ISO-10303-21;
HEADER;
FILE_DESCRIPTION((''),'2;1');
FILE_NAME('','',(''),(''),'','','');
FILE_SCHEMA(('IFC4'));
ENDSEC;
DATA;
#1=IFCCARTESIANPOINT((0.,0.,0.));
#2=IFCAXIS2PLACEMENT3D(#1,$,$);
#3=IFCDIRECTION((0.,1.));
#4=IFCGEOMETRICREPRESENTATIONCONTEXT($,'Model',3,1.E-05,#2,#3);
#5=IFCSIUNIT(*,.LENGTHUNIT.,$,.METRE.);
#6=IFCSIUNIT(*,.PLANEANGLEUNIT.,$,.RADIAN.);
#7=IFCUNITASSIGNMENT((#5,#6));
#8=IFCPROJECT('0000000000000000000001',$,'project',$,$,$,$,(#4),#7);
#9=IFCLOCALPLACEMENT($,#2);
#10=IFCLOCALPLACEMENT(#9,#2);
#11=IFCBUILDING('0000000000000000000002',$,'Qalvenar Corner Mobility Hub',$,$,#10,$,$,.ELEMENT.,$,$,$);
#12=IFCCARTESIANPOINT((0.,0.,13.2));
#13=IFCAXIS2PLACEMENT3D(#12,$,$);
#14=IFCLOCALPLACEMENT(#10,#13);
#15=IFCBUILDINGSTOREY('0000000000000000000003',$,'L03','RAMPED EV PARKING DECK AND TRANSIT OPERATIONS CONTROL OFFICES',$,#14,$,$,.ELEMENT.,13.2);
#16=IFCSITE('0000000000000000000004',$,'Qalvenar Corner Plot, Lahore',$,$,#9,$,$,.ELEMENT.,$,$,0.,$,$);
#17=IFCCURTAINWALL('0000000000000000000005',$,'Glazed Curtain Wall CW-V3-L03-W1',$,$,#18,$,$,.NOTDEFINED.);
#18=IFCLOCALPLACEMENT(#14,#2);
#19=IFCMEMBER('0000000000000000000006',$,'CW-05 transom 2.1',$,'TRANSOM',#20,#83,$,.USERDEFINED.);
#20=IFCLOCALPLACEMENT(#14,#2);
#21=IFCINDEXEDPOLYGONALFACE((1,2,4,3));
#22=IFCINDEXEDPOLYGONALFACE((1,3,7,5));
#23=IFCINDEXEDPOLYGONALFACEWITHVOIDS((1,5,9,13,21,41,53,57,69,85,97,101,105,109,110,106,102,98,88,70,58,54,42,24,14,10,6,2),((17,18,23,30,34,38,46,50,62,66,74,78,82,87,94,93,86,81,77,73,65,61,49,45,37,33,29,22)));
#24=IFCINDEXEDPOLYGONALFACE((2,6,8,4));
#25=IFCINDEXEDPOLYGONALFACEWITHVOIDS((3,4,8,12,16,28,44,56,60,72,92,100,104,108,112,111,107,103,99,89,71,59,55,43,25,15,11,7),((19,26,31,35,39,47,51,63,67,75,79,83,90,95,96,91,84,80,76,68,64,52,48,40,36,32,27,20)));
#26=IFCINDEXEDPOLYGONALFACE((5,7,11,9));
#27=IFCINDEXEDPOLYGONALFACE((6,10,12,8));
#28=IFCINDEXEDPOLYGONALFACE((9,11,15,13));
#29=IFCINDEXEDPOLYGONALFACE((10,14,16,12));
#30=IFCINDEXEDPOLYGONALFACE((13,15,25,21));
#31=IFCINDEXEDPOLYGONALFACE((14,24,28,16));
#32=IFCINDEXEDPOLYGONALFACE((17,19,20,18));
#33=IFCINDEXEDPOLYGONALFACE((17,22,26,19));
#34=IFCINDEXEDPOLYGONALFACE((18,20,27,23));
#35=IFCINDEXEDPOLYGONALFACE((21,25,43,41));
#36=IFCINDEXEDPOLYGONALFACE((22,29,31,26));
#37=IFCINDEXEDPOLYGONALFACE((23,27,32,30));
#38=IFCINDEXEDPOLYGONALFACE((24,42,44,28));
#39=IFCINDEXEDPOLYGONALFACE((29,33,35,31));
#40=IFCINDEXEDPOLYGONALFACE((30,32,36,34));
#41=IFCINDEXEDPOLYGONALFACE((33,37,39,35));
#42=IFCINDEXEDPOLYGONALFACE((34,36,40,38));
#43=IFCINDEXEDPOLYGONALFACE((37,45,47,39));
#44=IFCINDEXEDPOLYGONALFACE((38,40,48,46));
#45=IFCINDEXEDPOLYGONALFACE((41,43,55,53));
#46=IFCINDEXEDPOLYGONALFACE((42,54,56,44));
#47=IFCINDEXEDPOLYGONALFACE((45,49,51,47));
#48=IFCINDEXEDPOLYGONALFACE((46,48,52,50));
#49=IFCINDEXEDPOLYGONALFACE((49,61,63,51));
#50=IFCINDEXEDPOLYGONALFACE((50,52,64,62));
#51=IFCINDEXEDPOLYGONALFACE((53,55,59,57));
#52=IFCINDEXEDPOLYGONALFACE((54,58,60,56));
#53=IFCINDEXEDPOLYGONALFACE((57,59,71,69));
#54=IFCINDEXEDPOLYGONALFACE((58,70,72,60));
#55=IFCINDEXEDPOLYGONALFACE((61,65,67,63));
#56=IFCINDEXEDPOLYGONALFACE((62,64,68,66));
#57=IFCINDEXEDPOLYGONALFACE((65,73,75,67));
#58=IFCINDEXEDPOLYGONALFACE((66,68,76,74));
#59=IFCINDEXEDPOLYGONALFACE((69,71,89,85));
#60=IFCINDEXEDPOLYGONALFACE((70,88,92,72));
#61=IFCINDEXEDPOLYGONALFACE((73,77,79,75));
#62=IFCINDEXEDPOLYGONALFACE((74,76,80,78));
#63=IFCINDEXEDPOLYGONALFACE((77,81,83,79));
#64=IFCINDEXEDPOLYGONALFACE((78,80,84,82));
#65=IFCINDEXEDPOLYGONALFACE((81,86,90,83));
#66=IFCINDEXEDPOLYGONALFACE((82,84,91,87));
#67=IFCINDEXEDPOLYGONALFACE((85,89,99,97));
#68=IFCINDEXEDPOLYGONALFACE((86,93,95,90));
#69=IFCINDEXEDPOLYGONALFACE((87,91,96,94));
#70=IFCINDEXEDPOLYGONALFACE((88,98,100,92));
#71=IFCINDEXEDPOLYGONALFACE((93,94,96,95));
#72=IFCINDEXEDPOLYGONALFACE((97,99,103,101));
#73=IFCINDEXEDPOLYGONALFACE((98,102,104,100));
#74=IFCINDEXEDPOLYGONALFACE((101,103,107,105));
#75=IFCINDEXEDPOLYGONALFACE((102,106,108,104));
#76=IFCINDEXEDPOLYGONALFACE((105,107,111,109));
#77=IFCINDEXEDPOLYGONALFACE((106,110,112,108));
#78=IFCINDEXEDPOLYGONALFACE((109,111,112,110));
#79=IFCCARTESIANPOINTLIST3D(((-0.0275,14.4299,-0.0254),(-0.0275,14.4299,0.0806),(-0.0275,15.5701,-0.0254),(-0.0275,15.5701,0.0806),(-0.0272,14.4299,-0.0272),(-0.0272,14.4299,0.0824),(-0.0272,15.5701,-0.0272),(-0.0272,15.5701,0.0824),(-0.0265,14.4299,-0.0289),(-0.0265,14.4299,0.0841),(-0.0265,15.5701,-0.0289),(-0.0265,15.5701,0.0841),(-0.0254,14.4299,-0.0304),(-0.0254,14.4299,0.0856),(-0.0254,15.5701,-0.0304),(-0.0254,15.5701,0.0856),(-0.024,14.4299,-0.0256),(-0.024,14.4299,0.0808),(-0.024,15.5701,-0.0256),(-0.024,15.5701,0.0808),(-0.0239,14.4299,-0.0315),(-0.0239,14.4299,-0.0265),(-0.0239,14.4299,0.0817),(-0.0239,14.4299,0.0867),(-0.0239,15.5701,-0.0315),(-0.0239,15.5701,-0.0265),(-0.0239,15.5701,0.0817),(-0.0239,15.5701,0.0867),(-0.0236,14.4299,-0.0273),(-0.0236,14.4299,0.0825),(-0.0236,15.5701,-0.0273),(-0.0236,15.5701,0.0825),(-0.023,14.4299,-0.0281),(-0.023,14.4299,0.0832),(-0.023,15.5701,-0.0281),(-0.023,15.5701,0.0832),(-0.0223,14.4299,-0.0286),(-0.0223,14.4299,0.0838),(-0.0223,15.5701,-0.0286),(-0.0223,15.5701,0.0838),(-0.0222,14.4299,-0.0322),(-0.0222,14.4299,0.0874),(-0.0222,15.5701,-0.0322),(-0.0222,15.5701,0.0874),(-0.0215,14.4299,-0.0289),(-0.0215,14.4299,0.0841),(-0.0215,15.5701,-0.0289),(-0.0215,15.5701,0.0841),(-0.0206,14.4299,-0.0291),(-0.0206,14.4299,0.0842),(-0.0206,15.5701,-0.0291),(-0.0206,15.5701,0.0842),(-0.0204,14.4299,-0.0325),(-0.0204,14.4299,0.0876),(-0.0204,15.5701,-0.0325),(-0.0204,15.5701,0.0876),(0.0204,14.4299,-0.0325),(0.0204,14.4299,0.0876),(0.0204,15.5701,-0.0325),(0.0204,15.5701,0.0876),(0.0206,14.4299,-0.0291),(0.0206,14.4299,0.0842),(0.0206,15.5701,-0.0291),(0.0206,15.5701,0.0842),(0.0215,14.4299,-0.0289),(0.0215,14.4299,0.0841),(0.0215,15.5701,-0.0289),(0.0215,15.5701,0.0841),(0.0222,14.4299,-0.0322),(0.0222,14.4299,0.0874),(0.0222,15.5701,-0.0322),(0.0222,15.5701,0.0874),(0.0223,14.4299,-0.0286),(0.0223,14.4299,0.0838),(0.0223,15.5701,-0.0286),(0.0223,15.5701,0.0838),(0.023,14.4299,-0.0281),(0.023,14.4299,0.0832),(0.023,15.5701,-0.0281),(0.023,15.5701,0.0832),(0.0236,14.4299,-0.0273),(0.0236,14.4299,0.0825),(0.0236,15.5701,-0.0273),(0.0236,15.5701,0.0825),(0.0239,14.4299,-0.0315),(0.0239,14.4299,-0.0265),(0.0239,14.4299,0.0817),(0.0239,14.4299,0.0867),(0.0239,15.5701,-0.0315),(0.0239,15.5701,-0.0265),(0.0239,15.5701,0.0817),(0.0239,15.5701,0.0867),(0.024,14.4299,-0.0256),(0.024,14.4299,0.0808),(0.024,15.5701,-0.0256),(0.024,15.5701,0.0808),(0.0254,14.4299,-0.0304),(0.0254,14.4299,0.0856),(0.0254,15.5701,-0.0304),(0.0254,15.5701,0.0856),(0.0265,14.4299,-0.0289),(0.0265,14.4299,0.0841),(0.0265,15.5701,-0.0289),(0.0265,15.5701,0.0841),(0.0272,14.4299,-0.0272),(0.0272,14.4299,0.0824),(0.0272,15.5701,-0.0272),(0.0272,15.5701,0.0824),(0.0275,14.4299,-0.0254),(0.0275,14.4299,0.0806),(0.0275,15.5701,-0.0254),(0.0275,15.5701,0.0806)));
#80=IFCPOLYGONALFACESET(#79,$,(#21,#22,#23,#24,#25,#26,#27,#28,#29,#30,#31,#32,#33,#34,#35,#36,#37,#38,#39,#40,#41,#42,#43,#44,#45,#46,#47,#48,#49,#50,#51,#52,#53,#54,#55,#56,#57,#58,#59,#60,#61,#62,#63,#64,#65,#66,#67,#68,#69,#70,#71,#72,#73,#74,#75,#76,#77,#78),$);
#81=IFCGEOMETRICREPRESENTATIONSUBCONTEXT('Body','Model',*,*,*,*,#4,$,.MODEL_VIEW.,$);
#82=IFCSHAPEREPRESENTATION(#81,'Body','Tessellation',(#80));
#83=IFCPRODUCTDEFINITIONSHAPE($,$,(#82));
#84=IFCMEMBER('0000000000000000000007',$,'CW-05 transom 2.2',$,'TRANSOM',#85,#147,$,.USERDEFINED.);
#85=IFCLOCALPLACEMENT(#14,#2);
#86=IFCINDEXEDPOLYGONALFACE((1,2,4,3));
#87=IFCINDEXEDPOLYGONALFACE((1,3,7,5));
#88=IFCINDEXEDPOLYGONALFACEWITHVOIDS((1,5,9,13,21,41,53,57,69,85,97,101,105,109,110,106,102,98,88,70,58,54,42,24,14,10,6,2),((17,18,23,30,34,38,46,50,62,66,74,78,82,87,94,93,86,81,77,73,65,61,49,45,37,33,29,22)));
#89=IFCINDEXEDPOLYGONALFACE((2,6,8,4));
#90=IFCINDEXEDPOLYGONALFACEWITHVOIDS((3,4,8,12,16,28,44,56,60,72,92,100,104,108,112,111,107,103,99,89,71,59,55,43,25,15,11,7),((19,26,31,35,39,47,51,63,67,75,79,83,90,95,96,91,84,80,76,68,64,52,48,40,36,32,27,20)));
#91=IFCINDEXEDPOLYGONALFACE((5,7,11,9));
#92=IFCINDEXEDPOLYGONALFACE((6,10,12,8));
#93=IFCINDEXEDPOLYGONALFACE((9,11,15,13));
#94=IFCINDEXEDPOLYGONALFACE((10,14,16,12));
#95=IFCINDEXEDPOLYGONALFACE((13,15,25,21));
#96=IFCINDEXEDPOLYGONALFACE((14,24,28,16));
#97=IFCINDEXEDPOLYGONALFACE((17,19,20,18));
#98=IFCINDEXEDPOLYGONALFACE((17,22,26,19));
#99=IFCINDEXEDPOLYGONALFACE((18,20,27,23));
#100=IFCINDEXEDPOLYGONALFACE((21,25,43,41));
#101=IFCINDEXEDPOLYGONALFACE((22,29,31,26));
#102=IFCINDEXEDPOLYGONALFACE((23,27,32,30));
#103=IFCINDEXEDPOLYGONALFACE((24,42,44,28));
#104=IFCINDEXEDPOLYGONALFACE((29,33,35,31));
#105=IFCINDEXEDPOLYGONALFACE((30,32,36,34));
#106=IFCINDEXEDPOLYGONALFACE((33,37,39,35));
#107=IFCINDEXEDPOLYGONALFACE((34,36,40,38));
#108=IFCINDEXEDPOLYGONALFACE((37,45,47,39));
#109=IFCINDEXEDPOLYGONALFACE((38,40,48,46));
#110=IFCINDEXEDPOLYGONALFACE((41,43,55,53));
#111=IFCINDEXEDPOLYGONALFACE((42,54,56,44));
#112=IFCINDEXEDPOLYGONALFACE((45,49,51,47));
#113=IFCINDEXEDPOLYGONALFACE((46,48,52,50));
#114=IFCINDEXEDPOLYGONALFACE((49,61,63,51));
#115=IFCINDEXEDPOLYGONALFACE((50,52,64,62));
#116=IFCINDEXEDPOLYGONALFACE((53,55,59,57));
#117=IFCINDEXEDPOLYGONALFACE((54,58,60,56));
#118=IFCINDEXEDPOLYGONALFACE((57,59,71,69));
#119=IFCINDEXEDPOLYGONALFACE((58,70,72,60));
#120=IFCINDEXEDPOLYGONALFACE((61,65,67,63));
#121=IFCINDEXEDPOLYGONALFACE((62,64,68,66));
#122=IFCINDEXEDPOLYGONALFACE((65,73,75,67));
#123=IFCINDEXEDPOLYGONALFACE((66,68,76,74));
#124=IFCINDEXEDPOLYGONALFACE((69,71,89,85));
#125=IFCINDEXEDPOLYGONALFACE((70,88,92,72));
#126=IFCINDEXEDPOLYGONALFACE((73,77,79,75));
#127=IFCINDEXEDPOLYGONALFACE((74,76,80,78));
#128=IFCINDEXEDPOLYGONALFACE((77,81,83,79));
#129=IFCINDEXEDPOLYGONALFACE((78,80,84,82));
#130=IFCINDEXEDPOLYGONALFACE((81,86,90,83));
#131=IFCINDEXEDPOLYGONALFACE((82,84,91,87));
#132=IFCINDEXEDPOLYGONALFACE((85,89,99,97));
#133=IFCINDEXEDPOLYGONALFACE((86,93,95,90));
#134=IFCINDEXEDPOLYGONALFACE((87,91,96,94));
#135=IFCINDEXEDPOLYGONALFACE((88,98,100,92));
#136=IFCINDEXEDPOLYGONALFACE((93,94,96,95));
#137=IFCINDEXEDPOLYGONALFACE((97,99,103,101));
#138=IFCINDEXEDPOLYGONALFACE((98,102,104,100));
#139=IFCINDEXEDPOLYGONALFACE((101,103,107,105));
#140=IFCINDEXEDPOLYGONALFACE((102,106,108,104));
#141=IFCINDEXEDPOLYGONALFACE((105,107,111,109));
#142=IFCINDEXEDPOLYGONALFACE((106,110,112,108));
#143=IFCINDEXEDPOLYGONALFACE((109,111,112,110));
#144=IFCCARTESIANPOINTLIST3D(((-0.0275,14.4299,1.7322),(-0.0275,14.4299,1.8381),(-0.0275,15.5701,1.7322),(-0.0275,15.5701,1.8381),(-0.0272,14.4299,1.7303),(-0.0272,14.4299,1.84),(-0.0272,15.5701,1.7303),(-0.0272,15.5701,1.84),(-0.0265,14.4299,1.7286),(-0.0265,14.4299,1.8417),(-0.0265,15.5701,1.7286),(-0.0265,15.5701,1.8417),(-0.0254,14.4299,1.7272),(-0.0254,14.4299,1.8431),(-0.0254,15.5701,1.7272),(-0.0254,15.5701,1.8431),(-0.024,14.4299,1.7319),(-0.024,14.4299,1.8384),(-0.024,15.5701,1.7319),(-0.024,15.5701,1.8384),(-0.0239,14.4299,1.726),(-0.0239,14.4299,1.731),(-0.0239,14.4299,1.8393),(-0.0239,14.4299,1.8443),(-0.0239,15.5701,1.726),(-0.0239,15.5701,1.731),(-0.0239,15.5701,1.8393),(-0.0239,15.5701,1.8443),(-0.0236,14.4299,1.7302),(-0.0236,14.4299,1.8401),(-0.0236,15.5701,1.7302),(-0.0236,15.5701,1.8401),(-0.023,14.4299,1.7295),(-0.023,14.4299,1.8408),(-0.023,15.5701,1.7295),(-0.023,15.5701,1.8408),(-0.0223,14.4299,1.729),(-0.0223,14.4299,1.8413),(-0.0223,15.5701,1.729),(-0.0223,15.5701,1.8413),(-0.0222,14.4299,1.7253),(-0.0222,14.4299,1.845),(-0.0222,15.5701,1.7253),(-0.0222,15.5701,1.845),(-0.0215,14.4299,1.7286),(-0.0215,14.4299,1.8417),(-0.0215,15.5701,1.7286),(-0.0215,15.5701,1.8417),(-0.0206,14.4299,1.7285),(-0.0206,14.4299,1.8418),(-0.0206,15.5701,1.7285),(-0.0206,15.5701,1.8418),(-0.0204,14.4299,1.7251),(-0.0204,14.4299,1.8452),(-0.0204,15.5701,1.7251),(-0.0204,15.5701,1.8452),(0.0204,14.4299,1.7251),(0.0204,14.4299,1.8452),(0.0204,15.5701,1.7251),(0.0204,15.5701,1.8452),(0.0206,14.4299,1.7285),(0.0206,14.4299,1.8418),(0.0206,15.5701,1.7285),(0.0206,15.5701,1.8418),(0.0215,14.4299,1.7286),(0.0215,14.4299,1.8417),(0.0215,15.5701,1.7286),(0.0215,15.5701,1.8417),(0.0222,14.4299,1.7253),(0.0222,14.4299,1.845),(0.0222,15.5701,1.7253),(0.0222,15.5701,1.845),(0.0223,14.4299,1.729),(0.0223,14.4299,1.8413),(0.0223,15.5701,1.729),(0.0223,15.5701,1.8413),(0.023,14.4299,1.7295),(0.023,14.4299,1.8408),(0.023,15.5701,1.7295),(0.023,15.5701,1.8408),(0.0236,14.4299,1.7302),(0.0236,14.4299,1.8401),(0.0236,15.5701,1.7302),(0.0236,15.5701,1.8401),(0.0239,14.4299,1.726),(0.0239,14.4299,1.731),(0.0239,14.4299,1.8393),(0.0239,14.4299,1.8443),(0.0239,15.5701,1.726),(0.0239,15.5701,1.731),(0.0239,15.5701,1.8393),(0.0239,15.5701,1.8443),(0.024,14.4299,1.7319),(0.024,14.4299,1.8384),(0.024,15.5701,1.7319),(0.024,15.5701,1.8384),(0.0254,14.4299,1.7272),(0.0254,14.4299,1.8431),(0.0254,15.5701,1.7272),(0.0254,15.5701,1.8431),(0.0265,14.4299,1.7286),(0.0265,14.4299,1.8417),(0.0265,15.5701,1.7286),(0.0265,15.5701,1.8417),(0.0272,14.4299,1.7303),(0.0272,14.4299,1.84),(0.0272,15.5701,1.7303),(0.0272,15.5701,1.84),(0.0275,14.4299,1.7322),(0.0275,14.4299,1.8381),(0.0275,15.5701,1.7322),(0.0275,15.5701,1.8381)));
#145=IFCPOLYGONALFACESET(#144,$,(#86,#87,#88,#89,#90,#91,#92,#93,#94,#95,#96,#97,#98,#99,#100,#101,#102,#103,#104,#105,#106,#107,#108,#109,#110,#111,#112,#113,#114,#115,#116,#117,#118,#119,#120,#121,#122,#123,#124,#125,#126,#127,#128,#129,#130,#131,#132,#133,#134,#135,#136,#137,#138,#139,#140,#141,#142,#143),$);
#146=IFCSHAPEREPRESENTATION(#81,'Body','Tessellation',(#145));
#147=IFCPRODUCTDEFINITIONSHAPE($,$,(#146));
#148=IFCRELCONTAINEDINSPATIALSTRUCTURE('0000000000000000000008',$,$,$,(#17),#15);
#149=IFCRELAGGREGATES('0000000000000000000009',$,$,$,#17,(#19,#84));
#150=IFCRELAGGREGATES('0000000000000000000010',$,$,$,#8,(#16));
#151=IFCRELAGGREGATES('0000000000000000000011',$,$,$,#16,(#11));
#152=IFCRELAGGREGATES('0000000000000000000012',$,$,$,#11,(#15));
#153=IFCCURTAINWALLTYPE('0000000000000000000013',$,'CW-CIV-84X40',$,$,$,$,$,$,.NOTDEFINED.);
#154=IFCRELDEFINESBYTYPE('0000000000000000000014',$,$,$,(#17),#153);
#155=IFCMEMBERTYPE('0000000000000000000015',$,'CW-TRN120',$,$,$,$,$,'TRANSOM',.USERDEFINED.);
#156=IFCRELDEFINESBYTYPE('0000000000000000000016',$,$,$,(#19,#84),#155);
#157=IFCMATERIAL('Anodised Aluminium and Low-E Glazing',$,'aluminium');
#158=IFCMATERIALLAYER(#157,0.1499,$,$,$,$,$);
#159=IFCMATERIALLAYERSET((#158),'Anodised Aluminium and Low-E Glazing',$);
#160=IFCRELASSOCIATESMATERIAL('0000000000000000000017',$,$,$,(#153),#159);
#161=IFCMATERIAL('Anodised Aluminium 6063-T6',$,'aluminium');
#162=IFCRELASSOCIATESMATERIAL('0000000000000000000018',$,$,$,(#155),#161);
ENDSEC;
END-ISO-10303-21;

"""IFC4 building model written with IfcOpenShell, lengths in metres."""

from ifc_helpers import new_model, si_unit, direction, frame, origin, origin_2d, place, context, subcontext, project, spatial, hollow_rectangle, extrude, material, layer, layer_set, material_profile, profile_set, type_object, element, aggregate, save


model = new_model("IFC4")

# Units and contexts
model_context = context("Model", 3, precision=1e-05, world=origin(), true_north=direction((0.0, 1.0)))
body_context = subcontext(model_context, "Body", "Model", "MODEL_VIEW")
ifc_project = project(units=[si_unit("LENGTHUNIT", "METRE"), si_unit("PLANEANGLEUNIT", "RADIAN")], contexts=[model_context])

# Site, building, storey
site_placement = place(None, origin())
site = spatial("IfcSite", under=ifc_project, at=site_placement, Name="Qalvenar Corner Plot, Lahore", CompositionType="ELEMENT", RefElevation=0.0)
building_placement = place(site_placement, origin())
building = spatial("IfcBuilding", under=site, at=building_placement, Name="Qalvenar Corner Mobility Hub", CompositionType="ELEMENT")
storey_placement = place(building_placement, frame((0.0, 0.0, 13.2)))
storey = spatial("IfcBuildingStorey", under=building, at=storey_placement, Name="L03", Description="RAMPED EV PARKING DECK AND TRANSIT OPERATIONS CONTROL OFFICES", CompositionType="ELEMENT", Elevation=13.2)

# Curtain wall
ifc_material_1 = material(Name="Anodised Aluminium and Low-E Glazing", Category="aluminium")
ifc_layer_1 = layer(ifc_material_1, 0.1499)
ifc_layer_set_1 = layer_set([ifc_layer_1], Name="Anodised Aluminium and Low-E Glazing")
curtain_wall_type = type_object("IfcCurtainWallType", Name="CW-CIV-84X40", PredefinedType="NOTDEFINED", material=ifc_layer_set_1)
curtain_wall_1_placement = place(storey_placement, origin())
curtain_wall_1 = element("IfcCurtainWall", 1, at=curtain_wall_1_placement, inside=storey, type_object=curtain_wall_type, Name="Glazed Curtain Wall CW-V3-L03-W1", PredefinedType="NOTDEFINED")
ifc_material_2 = material(Name="Anodised Aluminium 6063-T6", Category="aluminium")

# Members
ifc_material_profile_1 = material_profile(ifc_material_2, hollow_rectangle(XDim=0.0549, YDim=0.1201, WallThickness=0.0034, InnerFilletRadius=0.0034, OuterFilletRadius=0.0071, at=origin_2d()), Name="RHS120x55x3.5")
ifc_profile_set_1 = profile_set([ifc_material_profile_1], Name="Anodised Aluminium 6063-T6")
member_type_1 = type_object("IfcMemberType", Name="CW-TRN120", ElementType="TRANSOM", PredefinedType="USERDEFINED", material=ifc_profile_set_1)
member_1_placement = place(storey_placement, frame((0.0, 15.5701, 0.0276), z_axis=(0.0, -1.0, 0.0), x_axis=(1.0, 0.0, 0.0)))
member_1 = element("IfcMember", 2, at=member_1_placement, type_object=member_type_1, Name="CW-05 transom 2.1", ObjectType="TRANSOM", PredefinedType="USERDEFINED", context=body_context, shape_type="SweptSolid", body=[
    extrude(hollow_rectangle(XDim=0.0549, YDim=0.1201, WallThickness=0.0034, InnerFilletRadius=0.0034, OuterFilletRadius=0.0071, at=origin_2d()), origin(), (0.0, 0.0, 1.0), 1.1401),
])
member_2_placement = place(storey_placement, frame((0.0, 15.5701, 1.7852), z_axis=(0.0, -1.0, 0.0), x_axis=(1.0, 0.0, 0.0)))
member_2 = element("IfcMember", 3, at=member_2_placement, type_object=member_type_1, Name="CW-05 transom 2.2", ObjectType="TRANSOM", PredefinedType="USERDEFINED", context=body_context, shape_type="SweptSolid", body=[
    extrude(hollow_rectangle(XDim=0.0549, YDim=0.1201, WallThickness=0.0034, InnerFilletRadius=0.0034, OuterFilletRadius=0.0071, at=origin_2d()), origin(), (0.0, 0.0, 1.0), 1.1401),
])

aggregate(curtain_wall_1, [member_1, member_2])

save(model, "model.ifc")
